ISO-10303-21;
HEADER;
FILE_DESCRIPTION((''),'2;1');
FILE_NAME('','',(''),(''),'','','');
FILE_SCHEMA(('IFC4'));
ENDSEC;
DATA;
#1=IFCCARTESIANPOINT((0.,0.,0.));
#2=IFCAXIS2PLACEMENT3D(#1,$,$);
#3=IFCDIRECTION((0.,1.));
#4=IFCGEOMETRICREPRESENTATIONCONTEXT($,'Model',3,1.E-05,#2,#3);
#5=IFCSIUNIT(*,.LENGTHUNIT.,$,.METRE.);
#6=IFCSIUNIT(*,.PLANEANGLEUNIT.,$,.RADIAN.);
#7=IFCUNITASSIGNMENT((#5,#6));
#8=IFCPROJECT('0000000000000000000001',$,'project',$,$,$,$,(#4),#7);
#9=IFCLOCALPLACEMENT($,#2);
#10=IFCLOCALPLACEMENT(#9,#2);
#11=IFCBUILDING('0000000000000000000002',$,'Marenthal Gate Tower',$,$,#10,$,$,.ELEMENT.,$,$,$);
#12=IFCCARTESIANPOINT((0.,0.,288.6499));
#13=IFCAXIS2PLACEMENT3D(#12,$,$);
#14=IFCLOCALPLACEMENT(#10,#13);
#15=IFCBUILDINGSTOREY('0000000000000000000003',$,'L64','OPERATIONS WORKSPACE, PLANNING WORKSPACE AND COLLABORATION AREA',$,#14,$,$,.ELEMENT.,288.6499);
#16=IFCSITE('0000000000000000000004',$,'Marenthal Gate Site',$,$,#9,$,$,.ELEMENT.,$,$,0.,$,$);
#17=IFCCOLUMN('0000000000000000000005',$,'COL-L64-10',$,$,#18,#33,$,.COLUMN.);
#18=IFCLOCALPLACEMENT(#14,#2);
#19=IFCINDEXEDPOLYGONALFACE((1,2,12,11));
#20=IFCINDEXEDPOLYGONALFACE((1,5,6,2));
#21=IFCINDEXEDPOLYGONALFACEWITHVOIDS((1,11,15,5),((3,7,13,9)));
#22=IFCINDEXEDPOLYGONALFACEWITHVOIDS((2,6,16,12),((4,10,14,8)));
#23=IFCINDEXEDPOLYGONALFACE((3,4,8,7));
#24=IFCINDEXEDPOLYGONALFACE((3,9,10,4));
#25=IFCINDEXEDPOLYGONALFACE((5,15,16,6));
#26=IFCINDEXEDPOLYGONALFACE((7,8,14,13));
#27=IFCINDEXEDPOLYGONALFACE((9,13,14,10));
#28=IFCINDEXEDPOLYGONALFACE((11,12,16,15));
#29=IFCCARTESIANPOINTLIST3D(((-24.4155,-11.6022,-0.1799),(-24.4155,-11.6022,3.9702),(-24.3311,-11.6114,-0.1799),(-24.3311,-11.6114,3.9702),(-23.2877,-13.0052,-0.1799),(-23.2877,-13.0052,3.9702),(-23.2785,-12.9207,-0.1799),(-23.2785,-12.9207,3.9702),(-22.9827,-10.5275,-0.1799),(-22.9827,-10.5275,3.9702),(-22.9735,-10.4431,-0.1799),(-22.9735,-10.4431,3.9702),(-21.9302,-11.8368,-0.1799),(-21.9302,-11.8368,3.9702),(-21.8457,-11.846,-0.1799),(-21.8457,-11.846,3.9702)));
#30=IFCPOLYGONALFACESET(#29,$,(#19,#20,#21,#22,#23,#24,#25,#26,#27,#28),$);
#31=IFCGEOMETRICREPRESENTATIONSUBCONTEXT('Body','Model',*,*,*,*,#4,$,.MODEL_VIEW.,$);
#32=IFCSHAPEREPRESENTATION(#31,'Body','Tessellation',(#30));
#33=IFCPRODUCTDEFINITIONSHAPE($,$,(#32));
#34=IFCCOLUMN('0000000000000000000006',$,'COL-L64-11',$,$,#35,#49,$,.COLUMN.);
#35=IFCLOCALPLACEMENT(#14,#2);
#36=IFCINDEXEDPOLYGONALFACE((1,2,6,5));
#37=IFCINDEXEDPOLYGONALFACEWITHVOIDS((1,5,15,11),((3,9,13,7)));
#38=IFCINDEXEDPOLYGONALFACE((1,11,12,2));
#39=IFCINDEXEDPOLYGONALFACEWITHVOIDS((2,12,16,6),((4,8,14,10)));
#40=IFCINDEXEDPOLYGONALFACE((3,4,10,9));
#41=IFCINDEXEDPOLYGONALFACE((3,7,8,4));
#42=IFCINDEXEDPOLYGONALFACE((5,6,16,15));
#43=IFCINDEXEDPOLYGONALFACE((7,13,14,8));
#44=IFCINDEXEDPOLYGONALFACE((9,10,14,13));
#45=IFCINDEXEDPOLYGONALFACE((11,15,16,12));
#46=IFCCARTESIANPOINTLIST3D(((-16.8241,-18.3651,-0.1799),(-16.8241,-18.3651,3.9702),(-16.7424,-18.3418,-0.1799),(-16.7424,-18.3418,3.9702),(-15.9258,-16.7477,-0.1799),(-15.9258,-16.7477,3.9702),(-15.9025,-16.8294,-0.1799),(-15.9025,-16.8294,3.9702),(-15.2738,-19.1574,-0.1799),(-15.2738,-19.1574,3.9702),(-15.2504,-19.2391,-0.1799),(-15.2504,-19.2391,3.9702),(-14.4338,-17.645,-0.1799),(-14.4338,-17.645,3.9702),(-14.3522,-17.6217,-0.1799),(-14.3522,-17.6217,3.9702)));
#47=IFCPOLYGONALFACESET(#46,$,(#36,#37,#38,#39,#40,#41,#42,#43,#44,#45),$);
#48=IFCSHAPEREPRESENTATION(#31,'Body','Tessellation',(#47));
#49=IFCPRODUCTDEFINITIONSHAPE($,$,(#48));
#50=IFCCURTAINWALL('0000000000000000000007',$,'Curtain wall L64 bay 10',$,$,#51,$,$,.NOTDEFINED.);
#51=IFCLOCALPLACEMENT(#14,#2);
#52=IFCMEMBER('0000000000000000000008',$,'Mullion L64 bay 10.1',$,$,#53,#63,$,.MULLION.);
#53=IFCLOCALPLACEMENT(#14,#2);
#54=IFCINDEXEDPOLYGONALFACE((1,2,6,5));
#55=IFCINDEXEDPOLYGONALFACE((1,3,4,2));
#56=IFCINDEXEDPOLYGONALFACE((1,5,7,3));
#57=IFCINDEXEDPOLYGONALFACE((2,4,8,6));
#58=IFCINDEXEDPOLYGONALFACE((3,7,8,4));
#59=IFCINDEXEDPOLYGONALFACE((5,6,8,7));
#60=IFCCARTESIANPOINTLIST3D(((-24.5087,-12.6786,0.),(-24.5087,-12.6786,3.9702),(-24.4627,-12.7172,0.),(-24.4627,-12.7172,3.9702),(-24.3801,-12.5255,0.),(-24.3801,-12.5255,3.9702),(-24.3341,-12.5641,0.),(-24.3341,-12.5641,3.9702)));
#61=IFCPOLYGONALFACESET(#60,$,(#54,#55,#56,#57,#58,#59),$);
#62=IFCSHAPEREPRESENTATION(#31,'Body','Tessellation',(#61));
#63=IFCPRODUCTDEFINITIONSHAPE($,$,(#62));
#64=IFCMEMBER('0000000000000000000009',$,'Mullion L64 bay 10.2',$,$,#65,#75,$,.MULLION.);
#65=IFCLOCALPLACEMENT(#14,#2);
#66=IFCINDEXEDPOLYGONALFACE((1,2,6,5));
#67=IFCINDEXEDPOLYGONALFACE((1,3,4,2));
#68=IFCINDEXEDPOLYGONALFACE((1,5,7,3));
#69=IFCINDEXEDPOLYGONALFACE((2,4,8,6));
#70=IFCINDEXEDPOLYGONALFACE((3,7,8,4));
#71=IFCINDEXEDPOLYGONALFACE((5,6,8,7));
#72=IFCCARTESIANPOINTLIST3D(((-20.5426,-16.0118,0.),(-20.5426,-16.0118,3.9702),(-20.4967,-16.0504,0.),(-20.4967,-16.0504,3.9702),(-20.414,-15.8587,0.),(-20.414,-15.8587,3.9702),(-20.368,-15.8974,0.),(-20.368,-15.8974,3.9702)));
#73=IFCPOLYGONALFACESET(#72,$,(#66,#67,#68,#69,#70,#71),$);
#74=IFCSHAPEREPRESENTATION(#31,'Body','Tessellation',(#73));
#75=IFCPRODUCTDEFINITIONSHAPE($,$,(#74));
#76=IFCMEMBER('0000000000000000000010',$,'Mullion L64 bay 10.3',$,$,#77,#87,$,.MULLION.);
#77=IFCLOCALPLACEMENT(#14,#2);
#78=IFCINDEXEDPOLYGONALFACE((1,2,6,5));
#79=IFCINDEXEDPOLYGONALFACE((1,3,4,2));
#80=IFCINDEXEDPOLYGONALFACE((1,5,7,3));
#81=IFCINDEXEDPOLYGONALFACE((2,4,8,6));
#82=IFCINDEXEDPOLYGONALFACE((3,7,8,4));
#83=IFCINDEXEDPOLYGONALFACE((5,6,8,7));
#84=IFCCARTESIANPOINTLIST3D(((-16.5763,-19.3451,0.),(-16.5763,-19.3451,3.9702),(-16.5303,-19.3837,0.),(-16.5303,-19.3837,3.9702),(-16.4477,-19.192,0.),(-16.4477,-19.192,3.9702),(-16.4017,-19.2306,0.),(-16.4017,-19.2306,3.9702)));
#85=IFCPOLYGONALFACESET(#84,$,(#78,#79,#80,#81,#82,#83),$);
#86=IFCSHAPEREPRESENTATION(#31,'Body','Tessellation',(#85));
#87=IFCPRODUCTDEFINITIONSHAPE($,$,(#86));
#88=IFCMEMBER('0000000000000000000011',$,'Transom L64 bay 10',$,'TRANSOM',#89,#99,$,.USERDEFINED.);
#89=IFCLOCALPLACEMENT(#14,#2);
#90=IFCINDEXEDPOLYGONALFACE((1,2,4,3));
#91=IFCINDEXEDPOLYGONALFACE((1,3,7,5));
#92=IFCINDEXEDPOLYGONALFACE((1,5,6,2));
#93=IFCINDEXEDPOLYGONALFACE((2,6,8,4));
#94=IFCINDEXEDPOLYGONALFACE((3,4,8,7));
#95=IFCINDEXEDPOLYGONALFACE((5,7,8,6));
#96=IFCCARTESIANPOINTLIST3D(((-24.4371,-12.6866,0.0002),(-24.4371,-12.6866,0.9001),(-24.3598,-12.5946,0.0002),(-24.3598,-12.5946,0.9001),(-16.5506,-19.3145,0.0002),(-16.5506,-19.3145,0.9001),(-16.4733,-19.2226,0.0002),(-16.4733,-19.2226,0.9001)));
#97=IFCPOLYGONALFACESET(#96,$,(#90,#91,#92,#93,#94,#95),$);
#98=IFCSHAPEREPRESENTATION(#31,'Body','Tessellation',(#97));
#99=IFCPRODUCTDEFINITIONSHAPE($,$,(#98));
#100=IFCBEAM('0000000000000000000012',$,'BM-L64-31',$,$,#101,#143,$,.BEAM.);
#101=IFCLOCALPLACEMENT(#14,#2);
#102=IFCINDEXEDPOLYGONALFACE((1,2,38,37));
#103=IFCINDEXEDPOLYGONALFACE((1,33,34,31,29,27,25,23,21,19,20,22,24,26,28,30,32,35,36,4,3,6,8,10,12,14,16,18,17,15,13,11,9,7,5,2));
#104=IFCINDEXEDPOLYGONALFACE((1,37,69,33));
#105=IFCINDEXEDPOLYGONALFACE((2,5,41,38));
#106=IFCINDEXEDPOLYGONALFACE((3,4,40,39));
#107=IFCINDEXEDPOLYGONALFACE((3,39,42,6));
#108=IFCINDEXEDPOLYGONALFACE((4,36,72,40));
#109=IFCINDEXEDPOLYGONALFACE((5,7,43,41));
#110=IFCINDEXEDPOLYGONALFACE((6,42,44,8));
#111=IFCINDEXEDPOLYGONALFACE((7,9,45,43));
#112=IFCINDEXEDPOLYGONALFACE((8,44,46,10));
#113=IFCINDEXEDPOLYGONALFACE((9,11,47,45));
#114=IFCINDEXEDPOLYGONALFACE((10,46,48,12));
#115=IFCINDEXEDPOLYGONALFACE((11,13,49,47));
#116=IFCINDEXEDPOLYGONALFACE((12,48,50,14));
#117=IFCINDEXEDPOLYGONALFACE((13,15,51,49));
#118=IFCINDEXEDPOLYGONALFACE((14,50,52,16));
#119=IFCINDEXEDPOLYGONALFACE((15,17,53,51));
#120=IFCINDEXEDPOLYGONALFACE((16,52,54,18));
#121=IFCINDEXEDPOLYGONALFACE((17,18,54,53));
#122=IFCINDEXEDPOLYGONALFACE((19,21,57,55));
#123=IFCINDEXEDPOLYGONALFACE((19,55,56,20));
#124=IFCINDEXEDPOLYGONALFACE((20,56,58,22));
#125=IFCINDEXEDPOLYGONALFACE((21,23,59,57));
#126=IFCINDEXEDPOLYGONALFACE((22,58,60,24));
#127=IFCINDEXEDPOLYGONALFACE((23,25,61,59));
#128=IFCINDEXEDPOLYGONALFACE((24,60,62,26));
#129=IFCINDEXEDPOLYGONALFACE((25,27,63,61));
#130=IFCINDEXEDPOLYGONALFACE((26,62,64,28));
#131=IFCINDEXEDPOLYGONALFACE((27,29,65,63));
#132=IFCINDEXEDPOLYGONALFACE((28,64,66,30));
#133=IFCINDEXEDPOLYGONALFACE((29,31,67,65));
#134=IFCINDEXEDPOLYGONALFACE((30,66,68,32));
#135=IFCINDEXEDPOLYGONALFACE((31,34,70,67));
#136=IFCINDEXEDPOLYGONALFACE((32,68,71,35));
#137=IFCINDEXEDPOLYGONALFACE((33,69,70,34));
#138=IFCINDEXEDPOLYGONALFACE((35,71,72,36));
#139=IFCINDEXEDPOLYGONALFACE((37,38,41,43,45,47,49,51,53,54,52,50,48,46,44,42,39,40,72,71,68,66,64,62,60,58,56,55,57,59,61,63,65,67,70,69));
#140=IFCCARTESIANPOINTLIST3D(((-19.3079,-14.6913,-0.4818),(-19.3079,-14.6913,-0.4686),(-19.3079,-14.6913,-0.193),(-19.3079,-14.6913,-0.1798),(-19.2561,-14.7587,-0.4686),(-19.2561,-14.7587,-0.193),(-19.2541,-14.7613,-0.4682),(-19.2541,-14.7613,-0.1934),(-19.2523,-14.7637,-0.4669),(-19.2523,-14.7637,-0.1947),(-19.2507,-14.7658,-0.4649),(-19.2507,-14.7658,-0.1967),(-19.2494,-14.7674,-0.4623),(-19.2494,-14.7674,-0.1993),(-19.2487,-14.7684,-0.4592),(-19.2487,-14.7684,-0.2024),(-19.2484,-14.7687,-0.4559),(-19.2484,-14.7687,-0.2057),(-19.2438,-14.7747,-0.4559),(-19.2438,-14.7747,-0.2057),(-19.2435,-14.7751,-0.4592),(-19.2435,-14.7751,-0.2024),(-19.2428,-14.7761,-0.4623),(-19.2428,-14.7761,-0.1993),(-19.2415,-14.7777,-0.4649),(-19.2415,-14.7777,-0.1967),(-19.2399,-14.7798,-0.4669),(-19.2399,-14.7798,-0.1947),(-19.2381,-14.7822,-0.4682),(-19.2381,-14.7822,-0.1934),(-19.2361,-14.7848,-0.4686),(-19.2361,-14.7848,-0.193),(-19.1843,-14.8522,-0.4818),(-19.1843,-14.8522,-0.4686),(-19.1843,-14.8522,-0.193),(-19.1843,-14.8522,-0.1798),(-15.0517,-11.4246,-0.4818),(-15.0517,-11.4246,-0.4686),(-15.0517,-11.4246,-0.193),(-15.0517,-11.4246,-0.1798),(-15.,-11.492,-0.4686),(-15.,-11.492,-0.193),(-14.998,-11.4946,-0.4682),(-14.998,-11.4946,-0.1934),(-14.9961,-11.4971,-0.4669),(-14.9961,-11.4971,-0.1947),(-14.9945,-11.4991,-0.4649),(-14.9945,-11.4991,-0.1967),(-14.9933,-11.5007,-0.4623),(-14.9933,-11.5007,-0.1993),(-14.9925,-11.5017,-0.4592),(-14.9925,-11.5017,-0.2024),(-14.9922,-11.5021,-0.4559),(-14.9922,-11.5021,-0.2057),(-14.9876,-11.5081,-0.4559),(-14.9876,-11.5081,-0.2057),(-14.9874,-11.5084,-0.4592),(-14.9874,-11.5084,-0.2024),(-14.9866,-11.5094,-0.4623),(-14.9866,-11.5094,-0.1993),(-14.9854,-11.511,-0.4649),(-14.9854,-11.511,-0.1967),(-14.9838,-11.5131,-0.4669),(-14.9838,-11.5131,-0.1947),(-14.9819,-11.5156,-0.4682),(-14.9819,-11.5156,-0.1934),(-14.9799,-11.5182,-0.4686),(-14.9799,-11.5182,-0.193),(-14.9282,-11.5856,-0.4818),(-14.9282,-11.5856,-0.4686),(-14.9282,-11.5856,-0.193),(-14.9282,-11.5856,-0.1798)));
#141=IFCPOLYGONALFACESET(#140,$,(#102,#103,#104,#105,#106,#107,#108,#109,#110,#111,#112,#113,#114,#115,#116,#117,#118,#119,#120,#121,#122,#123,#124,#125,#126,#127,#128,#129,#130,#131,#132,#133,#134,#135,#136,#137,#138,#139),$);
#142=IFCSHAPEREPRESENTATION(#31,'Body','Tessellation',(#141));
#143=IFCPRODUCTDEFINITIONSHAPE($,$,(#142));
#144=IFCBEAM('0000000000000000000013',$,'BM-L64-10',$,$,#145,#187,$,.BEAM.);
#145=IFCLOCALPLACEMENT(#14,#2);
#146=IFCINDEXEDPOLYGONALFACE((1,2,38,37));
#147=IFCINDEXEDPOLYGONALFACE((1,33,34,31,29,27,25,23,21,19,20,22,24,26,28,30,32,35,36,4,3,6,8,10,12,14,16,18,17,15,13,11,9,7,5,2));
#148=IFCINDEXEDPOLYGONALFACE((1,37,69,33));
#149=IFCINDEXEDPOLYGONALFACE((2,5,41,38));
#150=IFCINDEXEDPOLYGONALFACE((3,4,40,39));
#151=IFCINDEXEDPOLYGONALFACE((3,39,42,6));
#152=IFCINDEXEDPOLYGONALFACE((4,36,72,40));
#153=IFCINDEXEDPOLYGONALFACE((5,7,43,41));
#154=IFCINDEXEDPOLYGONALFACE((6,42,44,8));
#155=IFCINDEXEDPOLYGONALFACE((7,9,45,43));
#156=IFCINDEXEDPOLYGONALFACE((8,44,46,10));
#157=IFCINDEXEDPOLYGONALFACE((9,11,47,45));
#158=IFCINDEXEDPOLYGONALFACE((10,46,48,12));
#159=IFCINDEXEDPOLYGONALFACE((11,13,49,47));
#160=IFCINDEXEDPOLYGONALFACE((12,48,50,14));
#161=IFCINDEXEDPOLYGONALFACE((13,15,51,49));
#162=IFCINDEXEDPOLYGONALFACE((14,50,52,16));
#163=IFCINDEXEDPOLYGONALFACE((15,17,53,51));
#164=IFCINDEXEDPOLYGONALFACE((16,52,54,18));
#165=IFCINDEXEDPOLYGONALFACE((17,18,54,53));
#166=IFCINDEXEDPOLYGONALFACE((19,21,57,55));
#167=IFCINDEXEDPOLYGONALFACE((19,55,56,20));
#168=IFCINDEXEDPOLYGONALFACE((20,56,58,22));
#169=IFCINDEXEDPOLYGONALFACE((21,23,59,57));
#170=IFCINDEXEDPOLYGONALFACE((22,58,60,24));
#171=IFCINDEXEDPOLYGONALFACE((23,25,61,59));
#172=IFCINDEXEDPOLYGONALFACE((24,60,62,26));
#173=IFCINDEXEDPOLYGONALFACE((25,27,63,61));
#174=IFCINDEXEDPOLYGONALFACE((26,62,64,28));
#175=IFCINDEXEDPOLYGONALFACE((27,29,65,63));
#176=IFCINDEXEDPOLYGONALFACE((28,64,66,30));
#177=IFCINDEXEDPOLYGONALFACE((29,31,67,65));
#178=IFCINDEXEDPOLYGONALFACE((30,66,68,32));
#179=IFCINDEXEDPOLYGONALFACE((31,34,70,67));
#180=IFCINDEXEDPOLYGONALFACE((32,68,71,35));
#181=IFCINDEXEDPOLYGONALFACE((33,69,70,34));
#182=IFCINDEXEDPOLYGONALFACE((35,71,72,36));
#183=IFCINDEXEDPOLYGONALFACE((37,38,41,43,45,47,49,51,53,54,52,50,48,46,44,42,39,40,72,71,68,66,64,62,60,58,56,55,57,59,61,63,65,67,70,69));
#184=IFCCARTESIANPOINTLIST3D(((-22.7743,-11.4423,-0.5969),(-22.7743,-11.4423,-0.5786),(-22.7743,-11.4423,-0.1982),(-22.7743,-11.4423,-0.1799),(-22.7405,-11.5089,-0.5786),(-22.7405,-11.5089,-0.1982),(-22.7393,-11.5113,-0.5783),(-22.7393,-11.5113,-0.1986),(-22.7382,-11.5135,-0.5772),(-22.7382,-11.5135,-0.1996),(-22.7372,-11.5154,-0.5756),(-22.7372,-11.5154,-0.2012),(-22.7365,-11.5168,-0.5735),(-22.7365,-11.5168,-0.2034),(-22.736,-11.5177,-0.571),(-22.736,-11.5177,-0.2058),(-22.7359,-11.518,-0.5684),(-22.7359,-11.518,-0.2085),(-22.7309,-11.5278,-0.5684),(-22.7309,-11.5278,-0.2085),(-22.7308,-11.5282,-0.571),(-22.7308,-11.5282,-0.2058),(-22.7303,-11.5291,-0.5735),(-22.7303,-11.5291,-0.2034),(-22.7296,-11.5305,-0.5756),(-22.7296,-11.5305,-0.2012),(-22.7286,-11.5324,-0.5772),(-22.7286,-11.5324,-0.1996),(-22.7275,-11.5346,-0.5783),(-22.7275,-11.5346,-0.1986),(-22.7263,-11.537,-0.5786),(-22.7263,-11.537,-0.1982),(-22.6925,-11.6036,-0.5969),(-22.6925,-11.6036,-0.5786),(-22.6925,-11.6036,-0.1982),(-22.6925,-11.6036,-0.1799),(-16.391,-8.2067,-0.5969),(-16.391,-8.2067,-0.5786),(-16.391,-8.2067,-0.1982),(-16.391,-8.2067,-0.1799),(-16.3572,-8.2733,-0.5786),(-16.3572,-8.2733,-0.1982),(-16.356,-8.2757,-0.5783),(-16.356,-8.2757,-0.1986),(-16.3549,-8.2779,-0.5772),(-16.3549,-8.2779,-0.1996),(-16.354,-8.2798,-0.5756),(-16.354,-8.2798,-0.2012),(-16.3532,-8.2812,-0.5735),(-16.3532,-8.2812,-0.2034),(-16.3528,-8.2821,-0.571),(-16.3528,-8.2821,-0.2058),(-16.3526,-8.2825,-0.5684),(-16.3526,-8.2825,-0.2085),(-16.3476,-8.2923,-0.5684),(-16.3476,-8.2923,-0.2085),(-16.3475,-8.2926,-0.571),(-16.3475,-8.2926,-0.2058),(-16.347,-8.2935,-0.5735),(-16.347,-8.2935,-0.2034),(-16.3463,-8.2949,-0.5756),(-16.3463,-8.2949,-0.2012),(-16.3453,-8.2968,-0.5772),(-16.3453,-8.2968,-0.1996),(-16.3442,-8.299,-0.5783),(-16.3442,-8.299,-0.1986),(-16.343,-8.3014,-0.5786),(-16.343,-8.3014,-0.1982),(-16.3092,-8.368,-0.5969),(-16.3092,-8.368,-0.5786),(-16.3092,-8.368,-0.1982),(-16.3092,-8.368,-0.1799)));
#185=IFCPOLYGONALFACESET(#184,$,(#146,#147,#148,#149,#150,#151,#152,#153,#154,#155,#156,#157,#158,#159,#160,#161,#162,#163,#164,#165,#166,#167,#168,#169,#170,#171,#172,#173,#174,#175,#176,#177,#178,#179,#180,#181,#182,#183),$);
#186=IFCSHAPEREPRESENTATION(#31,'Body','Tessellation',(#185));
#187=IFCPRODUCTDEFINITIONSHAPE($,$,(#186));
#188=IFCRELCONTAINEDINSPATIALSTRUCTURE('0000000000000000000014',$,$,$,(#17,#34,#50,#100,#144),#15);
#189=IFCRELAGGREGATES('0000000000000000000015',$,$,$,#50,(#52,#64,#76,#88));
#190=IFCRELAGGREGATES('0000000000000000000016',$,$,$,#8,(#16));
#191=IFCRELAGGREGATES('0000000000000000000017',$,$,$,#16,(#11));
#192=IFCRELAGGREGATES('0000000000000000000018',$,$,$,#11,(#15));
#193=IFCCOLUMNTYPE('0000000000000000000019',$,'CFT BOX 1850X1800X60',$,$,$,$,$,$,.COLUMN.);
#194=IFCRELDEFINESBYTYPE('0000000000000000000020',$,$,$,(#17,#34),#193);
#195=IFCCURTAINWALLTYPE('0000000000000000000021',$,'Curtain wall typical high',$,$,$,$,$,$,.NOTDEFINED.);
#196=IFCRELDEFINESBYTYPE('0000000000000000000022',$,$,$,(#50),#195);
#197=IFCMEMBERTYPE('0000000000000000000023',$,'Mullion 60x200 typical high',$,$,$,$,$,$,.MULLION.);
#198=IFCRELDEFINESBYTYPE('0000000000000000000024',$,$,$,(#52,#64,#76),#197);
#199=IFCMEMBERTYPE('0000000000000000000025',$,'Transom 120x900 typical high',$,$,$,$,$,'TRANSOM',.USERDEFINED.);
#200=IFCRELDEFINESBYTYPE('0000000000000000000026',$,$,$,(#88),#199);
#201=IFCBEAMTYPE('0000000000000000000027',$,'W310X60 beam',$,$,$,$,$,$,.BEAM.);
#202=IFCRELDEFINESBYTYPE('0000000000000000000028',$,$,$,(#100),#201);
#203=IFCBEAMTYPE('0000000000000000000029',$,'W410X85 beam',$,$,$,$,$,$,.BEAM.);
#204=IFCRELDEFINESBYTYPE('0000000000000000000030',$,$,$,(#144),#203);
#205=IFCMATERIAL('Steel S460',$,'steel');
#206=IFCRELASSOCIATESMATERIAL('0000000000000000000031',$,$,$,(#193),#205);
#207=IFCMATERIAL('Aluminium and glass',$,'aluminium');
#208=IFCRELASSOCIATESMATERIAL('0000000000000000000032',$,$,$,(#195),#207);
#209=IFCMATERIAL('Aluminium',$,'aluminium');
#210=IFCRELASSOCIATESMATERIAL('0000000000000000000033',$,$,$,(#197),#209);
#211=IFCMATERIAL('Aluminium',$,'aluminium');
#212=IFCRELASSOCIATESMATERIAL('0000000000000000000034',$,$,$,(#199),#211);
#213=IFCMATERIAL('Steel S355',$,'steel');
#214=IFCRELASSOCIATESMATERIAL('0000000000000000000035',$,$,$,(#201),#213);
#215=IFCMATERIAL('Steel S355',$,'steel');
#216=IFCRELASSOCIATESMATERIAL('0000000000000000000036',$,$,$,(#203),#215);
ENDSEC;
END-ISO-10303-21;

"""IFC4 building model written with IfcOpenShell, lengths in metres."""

from ifc_helpers import new_model, si_unit, direction, frame, origin, origin_2d, place, context, subcontext, project, spatial, rectangle, hollow_rectangle, i_section, extrude, material, material_profile, profile_set, type_object, element, aggregate, save


model = new_model("IFC4")

# Units and contexts
model_context = context("Model", 3, precision=1e-05, world=origin(), true_north=direction((0.0, 1.0)))
body_context = subcontext(model_context, "Body", "Model", "MODEL_VIEW")
ifc_project = project(units=[si_unit("LENGTHUNIT", "METRE"), si_unit("PLANEANGLEUNIT", "RADIAN")], contexts=[model_context])

# Site, building, storey
site_placement = place(None, origin())
site = spatial("IfcSite", under=ifc_project, at=site_placement, Name="Marenthal Gate Site", CompositionType="ELEMENT", RefElevation=0.0)
building_placement = place(site_placement, origin())
building = spatial("IfcBuilding", under=site, at=building_placement, Name="Marenthal Gate Tower", CompositionType="ELEMENT")
storey_placement = place(building_placement, frame((0.0, 0.0, 288.6499)))
storey = spatial("IfcBuildingStorey", under=building, at=storey_placement, Name="L64", Description="OPERATIONS WORKSPACE, PLANNING WORKSPACE AND COLLABORATION AREA", CompositionType="ELEMENT", Elevation=288.6499)

# Columns
ifc_material_1 = material(Name="Steel S460", Category="steel")
ifc_material_profile_1 = material_profile(ifc_material_1, hollow_rectangle(XDim=1.8, YDim=1.8501, WallThickness=0.0601, at=origin_2d()), Name="CFT BOX 1850X1800X60")
ifc_material_2 = material(Name="Concrete 70 MPa", Category="concrete")
ifc_material_profile_2 = material_profile(ifc_material_2, rectangle(XDim=1.6799, YDim=1.73, at=origin_2d()), Name="CFT BOX 1850X1800X60 INFILL")
ifc_profile_set_1 = profile_set([ifc_material_profile_1, ifc_material_profile_2], Name="Steel S460 shell, Concrete 70 MPa infill")
column_type = type_object("IfcColumnType", Name="CFT BOX 1850X1800X60", PredefinedType="COLUMN", material=ifc_profile_set_1)
for number, where, z_axis, x_axis, name in (
    (1, (-23.1306, -11.7241, -0.1799), (0.0, 0.0, 1.0), (-0.62654, 0.779389, 0.0), "COL-L64-10"),
    (2, (-15.5881, -17.9934, -0.1799), (0.0, 0.0, 1.0), (-0.874222, 0.485527, 0.0), "COL-L64-11"),
):
    element("IfcColumn", number, at=place(storey_placement, frame(where, z_axis=z_axis, x_axis=x_axis)), inside=storey, type_object=column_type, Name=name, PredefinedType="COLUMN", context=body_context, shape_type="SweptSolid", body=[
        extrude(hollow_rectangle(XDim=1.8, YDim=1.8501, WallThickness=0.0601, at=origin_2d()), origin(), (0.0, 0.0, 1.0), 4.1501),
    ])

# Curtain wall, members
ifc_material_3 = material(Name="Aluminium and glass", Category="aluminium")
curtain_wall_type = type_object("IfcCurtainWallType", Name="Curtain wall typical high", PredefinedType="NOTDEFINED", material=ifc_material_3)
curtain_wall_placement = place(storey_placement, origin())
curtain_wall = element("IfcCurtainWall", 3, at=curtain_wall_placement, inside=storey, type_object=curtain_wall_type, Name="Curtain wall L64 bay 10", PredefinedType="NOTDEFINED")
ifc_material_4 = material(Name="Aluminium", Category="aluminium")
ifc_material_profile_3 = material_profile(ifc_material_4, rectangle(XDim=0.2, YDim=0.0601, at=origin_2d()), Name="60x200 aluminium mullion")
ifc_profile_set_2 = profile_set([ifc_material_profile_3], Name="Aluminium")
member_type_1 = type_object("IfcMemberType", Name="Mullion 60x200 typical high", PredefinedType="MULLION", material=ifc_profile_set_2)
member_1_placement = place(storey_placement, frame((-24.4214, -12.6213, 0.0), z_axis=(0.0, 0.0, 1.0), x_axis=(0.64338, 0.765547, 0.0)))
member_1 = element("IfcMember", 4, at=member_1_placement, type_object=member_type_1, Name="Mullion L64 bay 10.1", PredefinedType="MULLION", context=body_context, shape_type="SweptSolid", body=[
    extrude(rectangle(XDim=0.2, YDim=0.0601, at=origin_2d()), origin(), (0.0, 0.0, 1.0), 3.9702),
])
member_2_placement = place(storey_placement, frame((-20.4553, -15.9546, 0.0), z_axis=(0.0, 0.0, 1.0), x_axis=(0.64338, 0.765547, 0.0)))
member_2 = element("IfcMember", 5, at=member_2_placement, type_object=member_type_1, Name="Mullion L64 bay 10.2", PredefinedType="MULLION", context=body_context, shape_type="SweptSolid", body=[
    extrude(rectangle(XDim=0.2, YDim=0.0601, at=origin_2d()), origin(), (0.0, 0.0, 1.0), 3.9702),
])
member_3_placement = place(storey_placement, frame((-16.489, -19.2878, 0.0), z_axis=(0.0, 0.0, 1.0), x_axis=(0.64338, 0.765547, 0.0)))
member_3 = element("IfcMember", 6, at=member_3_placement, type_object=member_type_1, Name="Mullion L64 bay 10.3", PredefinedType="MULLION", context=body_context, shape_type="SweptSolid", body=[
    extrude(rectangle(XDim=0.2, YDim=0.0601, at=origin_2d()), origin(), (0.0, 0.0, 1.0), 3.9702),
])
ifc_material_5 = material(Name="Aluminium", Category="aluminium")
ifc_material_profile_4 = material_profile(ifc_material_5, rectangle(XDim=0.1201, YDim=0.8999, at=origin_2d()), Name="120x900 aluminium transom")
ifc_profile_set_3 = profile_set([ifc_material_profile_4], Name="Aluminium")
member_type_2 = type_object("IfcMemberType", Name="Transom 120x900 typical high", ElementType="TRANSOM", PredefinedType="USERDEFINED", material=ifc_profile_set_3)
member_4_placement = place(storey_placement, frame((-24.3984, -12.6406, 0.4502), z_axis=(0.765548, -0.643379, 0.0), x_axis=(0.643379, 0.765548, 0.0)))
member_4 = element("IfcMember", 7, at=member_4_placement, type_object=member_type_2, Name="Transom L64 bay 10", ObjectType="TRANSOM", PredefinedType="USERDEFINED", context=body_context, shape_type="SweptSolid", body=[
    extrude(rectangle(XDim=0.1201, YDim=0.8999, at=origin_2d()), origin(), (0.0, 0.0, 1.0), 10.3018),
])

# Beams
ifc_material_6 = material(Name="Steel S355", Category="steel")
ifc_material_profile_5 = material_profile(ifc_material_6, i_section(OverallWidth=0.2029, OverallDepth=0.302, WebThickness=0.0076, FlangeThickness=0.0132, FilletRadius=0.0127, at=origin_2d()), Name="W310X60")
ifc_profile_set_4 = profile_set([ifc_material_profile_5], Name="Steel S355")
beam_type_1 = type_object("IfcBeamType", Name="W310X60 beam", PredefinedType="BEAM", material=ifc_profile_set_4)
beam_1_placement = place(storey_placement, frame((-19.2461, -14.7717, -0.3308), z_axis=(0.793283, 0.608853, 0.0), x_axis=(-0.608853, 0.793283, 0.0)))
element("IfcBeam", 8, at=beam_1_placement, inside=storey, type_object=beam_type_1, Name="BM-L64-31", PredefinedType="BEAM", context=body_context, shape_type="SweptSolid", body=[
    extrude(i_section(OverallWidth=0.2029, OverallDepth=0.302, WebThickness=0.0076, FlangeThickness=0.0132, FilletRadius=0.0127, at=origin_2d()), origin(), (0.0, 0.0, 1.0), 5.3652),
])
ifc_material_7 = material(Name="Steel S355", Category="steel")
ifc_material_profile_6 = material_profile(ifc_material_7, i_section(OverallWidth=0.1809, OverallDepth=0.417, WebThickness=0.011, FlangeThickness=0.0183, FilletRadius=0.0103, at=origin_2d()), Name="W410X85")
ifc_profile_set_5 = profile_set([ifc_material_profile_6], Name="Steel S355")
beam_type_2 = type_object("IfcBeamType", Name="W410X85 beam", PredefinedType="BEAM", material=ifc_profile_set_5)
beam_2_placement = place(storey_placement, frame((-22.7334, -11.5229, -0.3884), z_axis=(0.891957, 0.452119, 0.0), x_axis=(-0.452119, 0.891957, 0.0)))
element("IfcBeam", 9, at=beam_2_placement, inside=storey, type_object=beam_type_2, Name="BM-L64-10", PredefinedType="BEAM", context=body_context, shape_type="SweptSolid", body=[
    extrude(i_section(OverallWidth=0.1809, OverallDepth=0.417, WebThickness=0.011, FlangeThickness=0.0183, FilletRadius=0.0103, at=origin_2d()), origin(), (0.0, 0.0, 1.0), 7.1565),
])

aggregate(curtain_wall, [member_1, member_2, member_3, member_4])

save(model, "model.ifc")
